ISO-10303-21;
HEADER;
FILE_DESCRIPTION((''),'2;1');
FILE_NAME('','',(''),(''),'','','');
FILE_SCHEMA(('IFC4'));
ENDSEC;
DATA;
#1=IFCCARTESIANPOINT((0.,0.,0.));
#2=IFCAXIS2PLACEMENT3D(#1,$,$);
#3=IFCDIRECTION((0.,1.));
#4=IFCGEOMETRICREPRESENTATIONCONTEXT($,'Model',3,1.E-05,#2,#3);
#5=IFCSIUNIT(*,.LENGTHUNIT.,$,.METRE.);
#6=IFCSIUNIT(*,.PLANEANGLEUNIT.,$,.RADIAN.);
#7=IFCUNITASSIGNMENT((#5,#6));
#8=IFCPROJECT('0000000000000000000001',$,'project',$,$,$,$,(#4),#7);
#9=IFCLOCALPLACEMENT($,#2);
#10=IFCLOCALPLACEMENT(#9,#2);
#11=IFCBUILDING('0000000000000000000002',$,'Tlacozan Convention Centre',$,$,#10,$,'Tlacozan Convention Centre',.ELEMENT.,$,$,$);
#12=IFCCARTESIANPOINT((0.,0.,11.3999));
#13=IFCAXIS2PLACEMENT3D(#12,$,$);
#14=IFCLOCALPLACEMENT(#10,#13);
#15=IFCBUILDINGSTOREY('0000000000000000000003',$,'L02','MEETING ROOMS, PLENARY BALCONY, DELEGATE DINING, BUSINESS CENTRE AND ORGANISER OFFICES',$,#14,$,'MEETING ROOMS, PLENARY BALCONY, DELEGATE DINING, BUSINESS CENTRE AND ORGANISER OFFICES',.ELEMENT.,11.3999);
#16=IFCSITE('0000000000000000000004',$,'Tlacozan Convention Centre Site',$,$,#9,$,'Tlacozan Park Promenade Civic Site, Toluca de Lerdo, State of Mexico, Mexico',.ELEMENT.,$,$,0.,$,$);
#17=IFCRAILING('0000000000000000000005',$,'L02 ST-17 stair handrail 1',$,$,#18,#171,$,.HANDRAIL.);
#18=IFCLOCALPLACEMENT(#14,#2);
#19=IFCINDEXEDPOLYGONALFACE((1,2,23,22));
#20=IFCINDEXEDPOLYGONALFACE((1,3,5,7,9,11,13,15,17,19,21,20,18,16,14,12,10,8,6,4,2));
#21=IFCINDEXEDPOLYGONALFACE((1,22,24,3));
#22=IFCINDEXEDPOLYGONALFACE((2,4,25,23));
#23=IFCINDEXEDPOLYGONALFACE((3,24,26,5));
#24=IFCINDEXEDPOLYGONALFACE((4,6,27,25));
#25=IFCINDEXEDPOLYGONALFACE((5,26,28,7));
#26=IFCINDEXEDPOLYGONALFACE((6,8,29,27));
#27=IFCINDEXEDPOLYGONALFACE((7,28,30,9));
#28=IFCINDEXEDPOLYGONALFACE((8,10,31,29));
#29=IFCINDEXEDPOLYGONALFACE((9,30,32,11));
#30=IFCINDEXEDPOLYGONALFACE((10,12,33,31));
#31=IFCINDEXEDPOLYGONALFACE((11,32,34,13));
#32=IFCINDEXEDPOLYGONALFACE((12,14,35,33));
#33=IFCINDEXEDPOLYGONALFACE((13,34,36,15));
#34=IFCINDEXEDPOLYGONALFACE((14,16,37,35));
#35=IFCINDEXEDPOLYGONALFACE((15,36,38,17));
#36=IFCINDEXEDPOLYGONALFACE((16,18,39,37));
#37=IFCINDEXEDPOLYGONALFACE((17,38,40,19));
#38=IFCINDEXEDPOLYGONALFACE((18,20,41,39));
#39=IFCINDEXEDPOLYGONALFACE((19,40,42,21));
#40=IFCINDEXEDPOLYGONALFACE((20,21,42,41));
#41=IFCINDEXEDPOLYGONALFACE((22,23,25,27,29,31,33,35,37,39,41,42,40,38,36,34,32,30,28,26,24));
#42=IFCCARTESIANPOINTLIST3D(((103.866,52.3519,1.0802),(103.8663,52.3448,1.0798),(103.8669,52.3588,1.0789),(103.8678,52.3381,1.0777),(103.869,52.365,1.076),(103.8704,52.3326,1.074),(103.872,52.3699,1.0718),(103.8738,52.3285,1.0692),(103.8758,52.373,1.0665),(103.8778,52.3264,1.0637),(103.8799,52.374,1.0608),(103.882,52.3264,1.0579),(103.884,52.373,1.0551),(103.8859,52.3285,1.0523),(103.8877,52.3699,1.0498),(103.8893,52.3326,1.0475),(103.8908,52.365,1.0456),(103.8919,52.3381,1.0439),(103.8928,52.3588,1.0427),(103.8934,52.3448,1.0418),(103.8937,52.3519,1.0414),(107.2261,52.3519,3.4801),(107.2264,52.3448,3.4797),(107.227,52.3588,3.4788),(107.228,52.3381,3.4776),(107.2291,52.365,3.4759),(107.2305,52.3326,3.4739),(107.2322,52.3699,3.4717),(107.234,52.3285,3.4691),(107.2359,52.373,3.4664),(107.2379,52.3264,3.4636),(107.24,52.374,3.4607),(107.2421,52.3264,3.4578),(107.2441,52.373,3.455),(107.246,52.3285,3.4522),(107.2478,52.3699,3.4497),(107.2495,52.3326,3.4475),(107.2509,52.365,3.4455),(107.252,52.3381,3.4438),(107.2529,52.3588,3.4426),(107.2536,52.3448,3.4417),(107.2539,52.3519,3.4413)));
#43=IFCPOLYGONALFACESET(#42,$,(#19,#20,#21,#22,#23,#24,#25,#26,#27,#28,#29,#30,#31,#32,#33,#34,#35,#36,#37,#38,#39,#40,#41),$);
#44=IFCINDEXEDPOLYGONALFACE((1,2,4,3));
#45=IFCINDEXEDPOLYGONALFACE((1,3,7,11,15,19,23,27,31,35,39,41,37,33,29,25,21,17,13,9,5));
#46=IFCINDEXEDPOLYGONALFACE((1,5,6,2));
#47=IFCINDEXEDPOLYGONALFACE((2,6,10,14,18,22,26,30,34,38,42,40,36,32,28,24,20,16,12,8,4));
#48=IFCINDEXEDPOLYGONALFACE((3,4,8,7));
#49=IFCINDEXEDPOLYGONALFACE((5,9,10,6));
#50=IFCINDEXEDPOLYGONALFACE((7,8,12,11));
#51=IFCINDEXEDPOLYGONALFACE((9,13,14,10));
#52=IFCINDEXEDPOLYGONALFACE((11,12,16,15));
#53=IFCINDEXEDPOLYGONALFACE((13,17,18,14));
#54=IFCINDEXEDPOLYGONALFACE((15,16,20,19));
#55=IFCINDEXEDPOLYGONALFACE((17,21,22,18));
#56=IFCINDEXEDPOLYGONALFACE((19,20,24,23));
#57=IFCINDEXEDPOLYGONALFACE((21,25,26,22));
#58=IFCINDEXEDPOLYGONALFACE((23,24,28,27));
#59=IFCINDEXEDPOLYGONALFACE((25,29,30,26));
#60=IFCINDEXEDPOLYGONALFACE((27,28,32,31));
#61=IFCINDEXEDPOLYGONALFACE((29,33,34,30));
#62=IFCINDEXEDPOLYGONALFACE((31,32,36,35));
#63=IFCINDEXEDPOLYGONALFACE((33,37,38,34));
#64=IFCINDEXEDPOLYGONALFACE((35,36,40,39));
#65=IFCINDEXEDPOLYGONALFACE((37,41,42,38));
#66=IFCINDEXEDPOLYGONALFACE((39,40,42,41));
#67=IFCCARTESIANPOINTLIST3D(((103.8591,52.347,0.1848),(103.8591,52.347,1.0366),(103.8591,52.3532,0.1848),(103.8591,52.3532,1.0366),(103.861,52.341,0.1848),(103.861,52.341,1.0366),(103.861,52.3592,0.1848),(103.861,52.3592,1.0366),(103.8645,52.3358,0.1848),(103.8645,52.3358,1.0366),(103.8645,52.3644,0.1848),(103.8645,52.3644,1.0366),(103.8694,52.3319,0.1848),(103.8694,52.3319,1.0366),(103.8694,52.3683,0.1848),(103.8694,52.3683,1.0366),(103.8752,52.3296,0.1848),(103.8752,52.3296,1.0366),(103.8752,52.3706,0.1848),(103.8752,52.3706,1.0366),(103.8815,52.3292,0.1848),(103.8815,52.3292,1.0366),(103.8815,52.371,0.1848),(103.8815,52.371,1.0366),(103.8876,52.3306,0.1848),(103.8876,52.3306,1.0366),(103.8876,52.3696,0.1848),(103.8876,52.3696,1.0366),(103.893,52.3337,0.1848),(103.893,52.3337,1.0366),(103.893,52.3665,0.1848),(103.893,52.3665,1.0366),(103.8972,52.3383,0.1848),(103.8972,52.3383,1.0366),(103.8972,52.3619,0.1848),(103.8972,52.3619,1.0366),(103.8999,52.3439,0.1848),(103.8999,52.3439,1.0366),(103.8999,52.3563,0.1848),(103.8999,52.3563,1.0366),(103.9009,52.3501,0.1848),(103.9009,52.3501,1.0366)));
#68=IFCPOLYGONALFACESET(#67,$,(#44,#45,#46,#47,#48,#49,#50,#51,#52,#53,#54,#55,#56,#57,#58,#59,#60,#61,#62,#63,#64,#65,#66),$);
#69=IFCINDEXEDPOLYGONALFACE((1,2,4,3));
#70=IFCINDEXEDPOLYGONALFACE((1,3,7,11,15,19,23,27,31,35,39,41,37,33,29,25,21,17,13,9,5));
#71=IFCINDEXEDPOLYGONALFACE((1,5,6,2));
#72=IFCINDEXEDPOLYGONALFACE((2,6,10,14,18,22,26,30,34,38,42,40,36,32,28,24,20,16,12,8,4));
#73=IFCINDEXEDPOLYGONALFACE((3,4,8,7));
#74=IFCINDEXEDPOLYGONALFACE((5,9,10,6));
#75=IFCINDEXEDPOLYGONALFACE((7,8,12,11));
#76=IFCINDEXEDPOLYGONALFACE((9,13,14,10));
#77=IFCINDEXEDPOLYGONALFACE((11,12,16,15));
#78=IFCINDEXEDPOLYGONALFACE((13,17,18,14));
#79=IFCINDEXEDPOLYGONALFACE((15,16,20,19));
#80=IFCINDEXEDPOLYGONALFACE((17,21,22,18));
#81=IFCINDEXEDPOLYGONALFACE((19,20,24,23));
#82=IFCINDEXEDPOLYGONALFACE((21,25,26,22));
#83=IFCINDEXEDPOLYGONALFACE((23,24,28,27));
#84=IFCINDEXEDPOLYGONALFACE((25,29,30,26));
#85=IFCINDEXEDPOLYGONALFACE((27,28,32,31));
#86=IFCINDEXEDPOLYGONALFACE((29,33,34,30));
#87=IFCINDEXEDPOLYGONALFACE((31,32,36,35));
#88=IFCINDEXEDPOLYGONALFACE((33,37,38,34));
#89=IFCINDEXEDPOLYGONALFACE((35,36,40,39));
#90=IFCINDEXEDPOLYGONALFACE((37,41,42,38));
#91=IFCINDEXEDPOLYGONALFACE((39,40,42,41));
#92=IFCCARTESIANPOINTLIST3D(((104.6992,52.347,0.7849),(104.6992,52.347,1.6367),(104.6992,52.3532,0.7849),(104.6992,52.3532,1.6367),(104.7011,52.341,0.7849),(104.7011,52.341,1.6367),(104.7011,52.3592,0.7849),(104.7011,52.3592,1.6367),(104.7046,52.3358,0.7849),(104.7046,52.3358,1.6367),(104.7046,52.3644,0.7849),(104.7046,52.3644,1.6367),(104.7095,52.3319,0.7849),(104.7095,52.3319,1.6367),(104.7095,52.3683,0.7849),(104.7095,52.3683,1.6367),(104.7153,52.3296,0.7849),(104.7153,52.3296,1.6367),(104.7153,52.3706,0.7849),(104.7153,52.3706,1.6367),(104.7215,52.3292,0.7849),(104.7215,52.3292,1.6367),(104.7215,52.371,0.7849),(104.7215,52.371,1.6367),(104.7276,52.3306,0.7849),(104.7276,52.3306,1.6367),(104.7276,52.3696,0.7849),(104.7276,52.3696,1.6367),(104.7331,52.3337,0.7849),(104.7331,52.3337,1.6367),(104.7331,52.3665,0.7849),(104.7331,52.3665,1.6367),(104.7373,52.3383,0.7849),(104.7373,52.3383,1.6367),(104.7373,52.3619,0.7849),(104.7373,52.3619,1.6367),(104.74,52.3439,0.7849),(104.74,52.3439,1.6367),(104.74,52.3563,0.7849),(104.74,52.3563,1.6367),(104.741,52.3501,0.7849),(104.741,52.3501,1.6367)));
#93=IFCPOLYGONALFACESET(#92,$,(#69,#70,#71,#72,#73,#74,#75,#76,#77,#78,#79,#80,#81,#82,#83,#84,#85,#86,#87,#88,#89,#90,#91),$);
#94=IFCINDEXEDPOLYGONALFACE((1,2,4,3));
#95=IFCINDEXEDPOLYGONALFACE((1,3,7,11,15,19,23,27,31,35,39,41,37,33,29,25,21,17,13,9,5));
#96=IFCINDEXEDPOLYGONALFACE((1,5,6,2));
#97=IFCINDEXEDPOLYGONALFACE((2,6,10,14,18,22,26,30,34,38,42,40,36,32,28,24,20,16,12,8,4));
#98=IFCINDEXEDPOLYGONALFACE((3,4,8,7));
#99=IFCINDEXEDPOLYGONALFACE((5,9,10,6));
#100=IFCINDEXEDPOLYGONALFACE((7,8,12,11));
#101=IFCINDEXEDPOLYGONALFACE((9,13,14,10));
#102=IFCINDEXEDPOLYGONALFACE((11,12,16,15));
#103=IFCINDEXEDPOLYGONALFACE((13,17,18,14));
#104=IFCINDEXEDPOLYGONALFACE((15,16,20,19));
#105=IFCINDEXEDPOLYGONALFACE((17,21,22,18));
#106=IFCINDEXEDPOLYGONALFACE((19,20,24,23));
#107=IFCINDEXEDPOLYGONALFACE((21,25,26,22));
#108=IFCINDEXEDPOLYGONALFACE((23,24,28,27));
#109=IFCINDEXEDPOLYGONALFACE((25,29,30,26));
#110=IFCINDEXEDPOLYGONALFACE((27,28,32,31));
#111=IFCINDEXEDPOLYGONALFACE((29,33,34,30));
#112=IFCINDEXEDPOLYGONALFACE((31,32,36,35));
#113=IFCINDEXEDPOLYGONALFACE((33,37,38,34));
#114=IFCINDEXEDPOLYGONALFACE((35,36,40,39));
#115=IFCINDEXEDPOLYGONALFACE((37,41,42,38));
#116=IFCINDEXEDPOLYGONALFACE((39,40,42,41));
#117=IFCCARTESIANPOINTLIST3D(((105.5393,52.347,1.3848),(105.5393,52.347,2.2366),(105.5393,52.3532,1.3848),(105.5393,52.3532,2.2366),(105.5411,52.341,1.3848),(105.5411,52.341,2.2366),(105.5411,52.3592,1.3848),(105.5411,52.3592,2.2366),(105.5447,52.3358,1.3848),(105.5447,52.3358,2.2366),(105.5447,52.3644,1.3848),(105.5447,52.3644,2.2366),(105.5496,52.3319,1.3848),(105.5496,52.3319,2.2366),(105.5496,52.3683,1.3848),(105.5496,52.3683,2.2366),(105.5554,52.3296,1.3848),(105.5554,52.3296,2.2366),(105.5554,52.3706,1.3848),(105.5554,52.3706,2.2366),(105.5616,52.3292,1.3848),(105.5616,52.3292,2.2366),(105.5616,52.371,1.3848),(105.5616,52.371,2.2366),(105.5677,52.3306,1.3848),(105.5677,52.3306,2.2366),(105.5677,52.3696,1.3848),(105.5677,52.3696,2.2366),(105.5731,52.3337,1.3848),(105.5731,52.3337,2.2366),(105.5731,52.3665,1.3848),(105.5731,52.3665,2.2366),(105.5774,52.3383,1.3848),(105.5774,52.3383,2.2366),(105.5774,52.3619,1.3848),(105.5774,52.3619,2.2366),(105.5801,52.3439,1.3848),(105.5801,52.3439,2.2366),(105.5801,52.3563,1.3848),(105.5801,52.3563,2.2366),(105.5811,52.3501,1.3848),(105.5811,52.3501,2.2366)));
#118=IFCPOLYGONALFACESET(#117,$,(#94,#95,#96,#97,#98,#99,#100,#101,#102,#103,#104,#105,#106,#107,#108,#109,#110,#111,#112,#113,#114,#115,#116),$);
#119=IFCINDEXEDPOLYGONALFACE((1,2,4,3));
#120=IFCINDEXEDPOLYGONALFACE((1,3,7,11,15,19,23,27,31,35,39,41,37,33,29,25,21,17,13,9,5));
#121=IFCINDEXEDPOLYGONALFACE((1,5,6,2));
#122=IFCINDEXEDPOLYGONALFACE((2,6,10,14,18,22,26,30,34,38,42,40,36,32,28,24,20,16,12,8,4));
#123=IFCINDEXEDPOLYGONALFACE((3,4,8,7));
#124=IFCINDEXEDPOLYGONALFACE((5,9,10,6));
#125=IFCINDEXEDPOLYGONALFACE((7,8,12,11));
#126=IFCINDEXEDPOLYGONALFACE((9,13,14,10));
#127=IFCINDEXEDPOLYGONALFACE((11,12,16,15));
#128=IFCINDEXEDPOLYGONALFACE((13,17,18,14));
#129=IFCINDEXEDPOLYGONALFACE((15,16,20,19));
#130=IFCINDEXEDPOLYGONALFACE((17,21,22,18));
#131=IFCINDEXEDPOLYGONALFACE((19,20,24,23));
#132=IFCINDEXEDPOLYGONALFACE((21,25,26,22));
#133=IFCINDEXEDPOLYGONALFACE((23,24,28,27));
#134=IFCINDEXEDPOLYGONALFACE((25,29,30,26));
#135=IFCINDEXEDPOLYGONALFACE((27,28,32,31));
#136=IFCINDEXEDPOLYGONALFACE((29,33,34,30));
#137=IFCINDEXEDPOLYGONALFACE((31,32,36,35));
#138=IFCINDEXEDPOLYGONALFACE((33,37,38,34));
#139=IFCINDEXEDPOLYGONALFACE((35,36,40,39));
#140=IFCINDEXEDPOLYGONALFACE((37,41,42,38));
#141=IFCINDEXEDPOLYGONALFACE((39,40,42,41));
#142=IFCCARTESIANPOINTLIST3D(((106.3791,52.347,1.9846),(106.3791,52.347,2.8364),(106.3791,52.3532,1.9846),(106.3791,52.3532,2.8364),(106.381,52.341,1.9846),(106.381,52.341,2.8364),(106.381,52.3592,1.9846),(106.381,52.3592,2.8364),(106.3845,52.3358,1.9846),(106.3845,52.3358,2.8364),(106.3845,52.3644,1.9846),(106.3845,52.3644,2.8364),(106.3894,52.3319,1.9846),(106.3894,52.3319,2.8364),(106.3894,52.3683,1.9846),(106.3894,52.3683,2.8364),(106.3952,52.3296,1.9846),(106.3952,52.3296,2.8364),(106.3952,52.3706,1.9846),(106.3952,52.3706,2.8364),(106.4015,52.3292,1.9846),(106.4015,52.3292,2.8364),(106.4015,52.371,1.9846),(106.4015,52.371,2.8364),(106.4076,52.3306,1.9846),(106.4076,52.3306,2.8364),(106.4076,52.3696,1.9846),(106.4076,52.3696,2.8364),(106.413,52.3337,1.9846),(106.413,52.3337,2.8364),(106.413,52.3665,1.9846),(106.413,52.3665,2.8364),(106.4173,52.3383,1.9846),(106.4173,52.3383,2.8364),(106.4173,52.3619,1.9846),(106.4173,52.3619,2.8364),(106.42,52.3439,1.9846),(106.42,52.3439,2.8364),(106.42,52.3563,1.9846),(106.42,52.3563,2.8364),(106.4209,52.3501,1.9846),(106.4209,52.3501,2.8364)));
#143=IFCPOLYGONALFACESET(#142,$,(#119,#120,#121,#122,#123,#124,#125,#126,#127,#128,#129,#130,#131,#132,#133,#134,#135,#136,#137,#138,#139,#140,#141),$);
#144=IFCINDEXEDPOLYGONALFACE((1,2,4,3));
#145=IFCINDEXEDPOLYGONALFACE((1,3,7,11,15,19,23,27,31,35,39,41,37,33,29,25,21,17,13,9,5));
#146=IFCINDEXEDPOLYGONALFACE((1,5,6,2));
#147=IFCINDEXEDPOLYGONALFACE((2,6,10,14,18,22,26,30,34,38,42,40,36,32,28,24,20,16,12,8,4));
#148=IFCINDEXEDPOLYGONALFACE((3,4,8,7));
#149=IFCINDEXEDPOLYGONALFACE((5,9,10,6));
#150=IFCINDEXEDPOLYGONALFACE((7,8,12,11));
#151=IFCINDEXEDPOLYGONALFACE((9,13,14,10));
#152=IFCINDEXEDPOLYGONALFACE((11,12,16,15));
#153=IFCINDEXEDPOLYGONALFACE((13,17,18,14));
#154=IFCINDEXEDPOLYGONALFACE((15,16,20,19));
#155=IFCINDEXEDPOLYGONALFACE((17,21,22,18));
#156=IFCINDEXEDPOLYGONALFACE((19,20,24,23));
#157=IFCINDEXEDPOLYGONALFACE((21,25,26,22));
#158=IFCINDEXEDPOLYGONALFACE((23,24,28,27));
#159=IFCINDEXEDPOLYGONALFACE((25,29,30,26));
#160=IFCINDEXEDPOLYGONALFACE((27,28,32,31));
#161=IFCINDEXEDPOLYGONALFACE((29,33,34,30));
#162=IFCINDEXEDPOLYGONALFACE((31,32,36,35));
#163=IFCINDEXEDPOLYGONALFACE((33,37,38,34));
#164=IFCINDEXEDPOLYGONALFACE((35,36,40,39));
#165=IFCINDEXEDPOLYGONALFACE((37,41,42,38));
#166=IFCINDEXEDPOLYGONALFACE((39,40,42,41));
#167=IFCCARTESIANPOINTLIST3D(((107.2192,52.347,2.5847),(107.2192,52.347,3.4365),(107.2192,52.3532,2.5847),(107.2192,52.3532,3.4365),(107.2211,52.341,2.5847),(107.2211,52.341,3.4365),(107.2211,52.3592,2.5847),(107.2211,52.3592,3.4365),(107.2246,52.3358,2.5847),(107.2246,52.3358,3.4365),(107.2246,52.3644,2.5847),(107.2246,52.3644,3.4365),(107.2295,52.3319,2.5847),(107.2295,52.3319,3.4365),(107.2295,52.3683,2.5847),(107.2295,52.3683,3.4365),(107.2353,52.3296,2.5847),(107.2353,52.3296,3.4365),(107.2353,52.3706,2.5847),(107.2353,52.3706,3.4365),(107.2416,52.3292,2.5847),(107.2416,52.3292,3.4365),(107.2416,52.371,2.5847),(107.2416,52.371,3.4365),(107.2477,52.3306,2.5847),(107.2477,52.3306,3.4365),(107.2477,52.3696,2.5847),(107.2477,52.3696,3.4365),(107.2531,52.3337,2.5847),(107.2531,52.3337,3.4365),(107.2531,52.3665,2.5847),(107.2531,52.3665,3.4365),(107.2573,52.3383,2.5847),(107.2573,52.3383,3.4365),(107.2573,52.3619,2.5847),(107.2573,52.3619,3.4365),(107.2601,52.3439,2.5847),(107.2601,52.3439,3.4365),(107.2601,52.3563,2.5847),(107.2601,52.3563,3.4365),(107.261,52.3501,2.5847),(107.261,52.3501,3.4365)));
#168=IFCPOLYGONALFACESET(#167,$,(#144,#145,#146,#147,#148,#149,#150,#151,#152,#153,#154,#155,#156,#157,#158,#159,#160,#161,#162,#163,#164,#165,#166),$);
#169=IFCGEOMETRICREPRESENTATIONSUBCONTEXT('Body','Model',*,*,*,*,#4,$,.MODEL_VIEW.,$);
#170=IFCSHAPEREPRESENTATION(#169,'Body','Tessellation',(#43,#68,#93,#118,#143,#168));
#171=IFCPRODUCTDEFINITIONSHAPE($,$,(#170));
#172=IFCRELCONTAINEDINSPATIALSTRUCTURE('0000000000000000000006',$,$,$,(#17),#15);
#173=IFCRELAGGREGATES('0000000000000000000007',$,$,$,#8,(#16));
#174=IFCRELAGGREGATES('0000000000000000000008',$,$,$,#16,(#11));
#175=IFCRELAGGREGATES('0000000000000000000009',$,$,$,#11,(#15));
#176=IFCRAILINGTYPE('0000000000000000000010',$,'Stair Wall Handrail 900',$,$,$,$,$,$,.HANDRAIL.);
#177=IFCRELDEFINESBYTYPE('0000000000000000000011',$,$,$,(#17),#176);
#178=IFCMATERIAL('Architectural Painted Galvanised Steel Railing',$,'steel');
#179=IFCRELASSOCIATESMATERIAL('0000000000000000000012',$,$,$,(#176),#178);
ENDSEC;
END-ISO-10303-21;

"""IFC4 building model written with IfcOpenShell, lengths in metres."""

from ifc_helpers import new_model, si_unit, direction, frame, origin, origin_2d, place, context, subcontext, project, spatial, circle, extrude, material, type_object, element, save


model = new_model("IFC4")

# Units and contexts
model_context = context("Model", 3, precision=1e-05, world=origin(), true_north=direction((0.0, 1.0)))
body_context = subcontext(model_context, "Body", "Model", "MODEL_VIEW")
ifc_project = project(units=[si_unit("LENGTHUNIT", "METRE"), si_unit("PLANEANGLEUNIT", "RADIAN")], contexts=[model_context])

# Site, building, storey
site_placement = place(None, origin())
site = spatial("IfcSite", under=ifc_project, at=site_placement, Name="Tlacozan Convention Centre Site", LongName="Tlacozan Park Promenade Civic Site, Toluca de Lerdo, State of Mexico, Mexico", CompositionType="ELEMENT", RefElevation=0.0)
building_placement = place(site_placement, origin())
building = spatial("IfcBuilding", under=site, at=building_placement, Name="Tlacozan Convention Centre", LongName="Tlacozan Convention Centre", CompositionType="ELEMENT")
storey_placement = place(building_placement, frame((0.0, 0.0, 11.3999)))
storey = spatial("IfcBuildingStorey", under=building, at=storey_placement, Name="L02", Description="MEETING ROOMS, PLENARY BALCONY, DELEGATE DINING, BUSINESS CENTRE AND ORGANISER OFFICES", LongName="MEETING ROOMS, PLENARY BALCONY, DELEGATE DINING, BUSINESS CENTRE AND ORGANISER OFFICES", CompositionType="ELEMENT", Elevation=11.3999)

# Railing
ifc_material_1 = material(Name="Architectural Painted Galvanised Steel Railing", Category="steel")
railing_type_1 = type_object("IfcRailingType", Name="Stair Wall Handrail 900", PredefinedType="HANDRAIL", material=ifc_material_1)
railing_1_placement = place(storey_placement, frame((103.8799, 52.3501, 0.1848)))
element("IfcRailing", 1, at=railing_1_placement, inside=storey, type_object=railing_type_1, Name="L02 ST-17 stair handrail 1", PredefinedType="HANDRAIL", context=body_context, shape_type="SweptSolid", body=[
    extrude(circle(Radius=0.0239, at=origin_2d()), frame((0.0, 0.0, 0.876), z_axis=(0.813753, 0.0, 0.58121), x_axis=(0.0, 1.0, 0.0)), (0.0, 0.0, 1.0), 4.1292),
    extrude(circle(Radius=0.021, at=origin_2d()), origin(), (0.0, 0.0, 1.0), 0.8518),
    extrude(circle(Radius=0.021, at=origin_2d()), frame((0.8401, 0.0, 0.6001)), (0.0, 0.0, 1.0), 0.8518),
    extrude(circle(Radius=0.021, at=origin_2d()), frame((1.6802, 0.0, 1.2)), (0.0, 0.0, 1.0), 0.8518),
    extrude(circle(Radius=0.021, at=origin_2d()), frame((2.52, 0.0, 1.7998)), (0.0, 0.0, 1.0), 0.8518),
    extrude(circle(Radius=0.021, at=origin_2d()), frame((3.3601, 0.0, 2.3999)), (0.0, 0.0, 1.0), 0.8518),
])

save(model, "model.ifc")
